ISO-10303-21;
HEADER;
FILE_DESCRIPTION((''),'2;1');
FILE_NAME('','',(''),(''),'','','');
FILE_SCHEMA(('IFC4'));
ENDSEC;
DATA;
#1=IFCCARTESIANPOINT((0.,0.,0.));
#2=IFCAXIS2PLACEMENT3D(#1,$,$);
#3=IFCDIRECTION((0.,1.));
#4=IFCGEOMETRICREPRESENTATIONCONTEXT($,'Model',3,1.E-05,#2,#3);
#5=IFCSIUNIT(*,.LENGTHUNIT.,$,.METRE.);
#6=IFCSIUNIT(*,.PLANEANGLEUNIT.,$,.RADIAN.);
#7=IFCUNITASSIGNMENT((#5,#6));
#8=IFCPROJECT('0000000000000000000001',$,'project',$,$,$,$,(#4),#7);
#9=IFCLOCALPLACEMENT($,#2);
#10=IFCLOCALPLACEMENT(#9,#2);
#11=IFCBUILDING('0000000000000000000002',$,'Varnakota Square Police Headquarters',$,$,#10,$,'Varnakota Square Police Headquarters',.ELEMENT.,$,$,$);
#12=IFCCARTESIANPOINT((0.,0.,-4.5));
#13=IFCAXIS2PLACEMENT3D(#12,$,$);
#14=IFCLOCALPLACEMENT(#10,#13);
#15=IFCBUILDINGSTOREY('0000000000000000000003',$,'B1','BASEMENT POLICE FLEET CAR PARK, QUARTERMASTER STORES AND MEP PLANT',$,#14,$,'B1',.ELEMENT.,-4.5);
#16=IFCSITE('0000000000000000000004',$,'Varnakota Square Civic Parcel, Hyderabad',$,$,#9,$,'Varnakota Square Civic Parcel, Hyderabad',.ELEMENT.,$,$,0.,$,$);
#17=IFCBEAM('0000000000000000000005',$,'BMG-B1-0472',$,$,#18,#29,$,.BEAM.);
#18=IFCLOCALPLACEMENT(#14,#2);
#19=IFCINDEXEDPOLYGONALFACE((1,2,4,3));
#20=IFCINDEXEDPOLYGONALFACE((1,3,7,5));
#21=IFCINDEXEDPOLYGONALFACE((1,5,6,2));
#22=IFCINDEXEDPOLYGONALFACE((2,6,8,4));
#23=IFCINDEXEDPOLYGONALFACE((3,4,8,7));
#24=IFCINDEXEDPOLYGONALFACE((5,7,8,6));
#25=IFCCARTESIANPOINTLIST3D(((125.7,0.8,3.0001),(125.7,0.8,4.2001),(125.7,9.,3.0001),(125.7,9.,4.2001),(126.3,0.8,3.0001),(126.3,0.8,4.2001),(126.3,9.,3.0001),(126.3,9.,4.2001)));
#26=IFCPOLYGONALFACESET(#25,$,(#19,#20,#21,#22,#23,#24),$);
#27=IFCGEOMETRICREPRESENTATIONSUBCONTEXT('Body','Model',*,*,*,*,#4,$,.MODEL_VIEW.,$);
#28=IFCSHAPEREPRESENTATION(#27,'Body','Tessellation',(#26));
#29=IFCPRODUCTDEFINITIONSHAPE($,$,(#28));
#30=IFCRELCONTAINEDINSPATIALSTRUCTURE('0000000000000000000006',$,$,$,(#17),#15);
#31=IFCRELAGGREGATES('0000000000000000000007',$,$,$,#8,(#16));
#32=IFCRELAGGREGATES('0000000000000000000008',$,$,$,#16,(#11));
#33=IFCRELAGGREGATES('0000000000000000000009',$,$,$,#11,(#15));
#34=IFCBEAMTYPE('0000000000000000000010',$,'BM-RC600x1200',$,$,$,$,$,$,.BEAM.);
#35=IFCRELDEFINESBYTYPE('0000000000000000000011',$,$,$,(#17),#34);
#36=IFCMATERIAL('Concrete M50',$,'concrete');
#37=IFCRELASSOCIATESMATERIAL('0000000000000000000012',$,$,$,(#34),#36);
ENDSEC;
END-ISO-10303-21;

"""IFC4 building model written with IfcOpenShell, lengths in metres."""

from ifc_helpers import new_model, si_unit, direction, frame, origin, origin_2d, place, context, subcontext, project, spatial, rectangle, extrude, material, material_profile, profile_set, type_object, element, save


model = new_model("IFC4")

# Units and contexts
model_context = context("Model", 3, precision=1e-05, world=origin(), true_north=direction((0.0, 1.0)))
body_context = subcontext(model_context, "Body", "Model", "MODEL_VIEW")
ifc_project = project(units=[si_unit("LENGTHUNIT", "METRE"), si_unit("PLANEANGLEUNIT", "RADIAN")], contexts=[model_context])

# Site, building, storey
site_placement = place(None, origin())
site = spatial("IfcSite", under=ifc_project, at=site_placement, Name="Varnakota Square Civic Parcel, Hyderabad", LongName="Varnakota Square Civic Parcel, Hyderabad", CompositionType="ELEMENT", RefElevation=0.0)
building_placement = place(site_placement, origin())
building = spatial("IfcBuilding", under=site, at=building_placement, Name="Varnakota Square Police Headquarters", LongName="Varnakota Square Police Headquarters", CompositionType="ELEMENT")
storey_placement = place(building_placement, frame((0.0, 0.0, -4.5)))
storey = spatial("IfcBuildingStorey", under=building, at=storey_placement, Name="B1", Description="BASEMENT POLICE FLEET CAR PARK, QUARTERMASTER STORES AND MEP PLANT", LongName="B1", CompositionType="ELEMENT", Elevation=-4.5)

# Shared definitions
ifc_material_1 = material(Name="Concrete M50", Category="concrete")

# Beam
ifc_material_profile_1 = material_profile(ifc_material_1, rectangle(XDim=0.6001, YDim=1.2, at=origin_2d()), Name="RC 600x1200")
ifc_profile_set_1 = profile_set([ifc_material_profile_1], Name="Concrete M50")
beam_type_1 = type_object("IfcBeamType", Name="BM-RC600x1200", PredefinedType="BEAM", material=ifc_profile_set_1)
for number, where, z_axis, x_axis, name in (
    (1, (126.0, 0.8, 3.6001), (0.0, 1.0, 0.0), (-1.0, 0.0, 0.0), "BMG-B1-0472"),
):
    element("IfcBeam", number, at=place(storey_placement, frame(where, z_axis=z_axis, x_axis=x_axis)), inside=storey, type_object=beam_type_1, Name=name, PredefinedType="BEAM", context=body_context, shape_type="SweptSolid", body=[
        extrude(rectangle(XDim=0.6001, YDim=1.2, at=origin_2d()), origin(), (0.0, 0.0, 1.0), 8.2),
    ])

save(model, "model.ifc")
